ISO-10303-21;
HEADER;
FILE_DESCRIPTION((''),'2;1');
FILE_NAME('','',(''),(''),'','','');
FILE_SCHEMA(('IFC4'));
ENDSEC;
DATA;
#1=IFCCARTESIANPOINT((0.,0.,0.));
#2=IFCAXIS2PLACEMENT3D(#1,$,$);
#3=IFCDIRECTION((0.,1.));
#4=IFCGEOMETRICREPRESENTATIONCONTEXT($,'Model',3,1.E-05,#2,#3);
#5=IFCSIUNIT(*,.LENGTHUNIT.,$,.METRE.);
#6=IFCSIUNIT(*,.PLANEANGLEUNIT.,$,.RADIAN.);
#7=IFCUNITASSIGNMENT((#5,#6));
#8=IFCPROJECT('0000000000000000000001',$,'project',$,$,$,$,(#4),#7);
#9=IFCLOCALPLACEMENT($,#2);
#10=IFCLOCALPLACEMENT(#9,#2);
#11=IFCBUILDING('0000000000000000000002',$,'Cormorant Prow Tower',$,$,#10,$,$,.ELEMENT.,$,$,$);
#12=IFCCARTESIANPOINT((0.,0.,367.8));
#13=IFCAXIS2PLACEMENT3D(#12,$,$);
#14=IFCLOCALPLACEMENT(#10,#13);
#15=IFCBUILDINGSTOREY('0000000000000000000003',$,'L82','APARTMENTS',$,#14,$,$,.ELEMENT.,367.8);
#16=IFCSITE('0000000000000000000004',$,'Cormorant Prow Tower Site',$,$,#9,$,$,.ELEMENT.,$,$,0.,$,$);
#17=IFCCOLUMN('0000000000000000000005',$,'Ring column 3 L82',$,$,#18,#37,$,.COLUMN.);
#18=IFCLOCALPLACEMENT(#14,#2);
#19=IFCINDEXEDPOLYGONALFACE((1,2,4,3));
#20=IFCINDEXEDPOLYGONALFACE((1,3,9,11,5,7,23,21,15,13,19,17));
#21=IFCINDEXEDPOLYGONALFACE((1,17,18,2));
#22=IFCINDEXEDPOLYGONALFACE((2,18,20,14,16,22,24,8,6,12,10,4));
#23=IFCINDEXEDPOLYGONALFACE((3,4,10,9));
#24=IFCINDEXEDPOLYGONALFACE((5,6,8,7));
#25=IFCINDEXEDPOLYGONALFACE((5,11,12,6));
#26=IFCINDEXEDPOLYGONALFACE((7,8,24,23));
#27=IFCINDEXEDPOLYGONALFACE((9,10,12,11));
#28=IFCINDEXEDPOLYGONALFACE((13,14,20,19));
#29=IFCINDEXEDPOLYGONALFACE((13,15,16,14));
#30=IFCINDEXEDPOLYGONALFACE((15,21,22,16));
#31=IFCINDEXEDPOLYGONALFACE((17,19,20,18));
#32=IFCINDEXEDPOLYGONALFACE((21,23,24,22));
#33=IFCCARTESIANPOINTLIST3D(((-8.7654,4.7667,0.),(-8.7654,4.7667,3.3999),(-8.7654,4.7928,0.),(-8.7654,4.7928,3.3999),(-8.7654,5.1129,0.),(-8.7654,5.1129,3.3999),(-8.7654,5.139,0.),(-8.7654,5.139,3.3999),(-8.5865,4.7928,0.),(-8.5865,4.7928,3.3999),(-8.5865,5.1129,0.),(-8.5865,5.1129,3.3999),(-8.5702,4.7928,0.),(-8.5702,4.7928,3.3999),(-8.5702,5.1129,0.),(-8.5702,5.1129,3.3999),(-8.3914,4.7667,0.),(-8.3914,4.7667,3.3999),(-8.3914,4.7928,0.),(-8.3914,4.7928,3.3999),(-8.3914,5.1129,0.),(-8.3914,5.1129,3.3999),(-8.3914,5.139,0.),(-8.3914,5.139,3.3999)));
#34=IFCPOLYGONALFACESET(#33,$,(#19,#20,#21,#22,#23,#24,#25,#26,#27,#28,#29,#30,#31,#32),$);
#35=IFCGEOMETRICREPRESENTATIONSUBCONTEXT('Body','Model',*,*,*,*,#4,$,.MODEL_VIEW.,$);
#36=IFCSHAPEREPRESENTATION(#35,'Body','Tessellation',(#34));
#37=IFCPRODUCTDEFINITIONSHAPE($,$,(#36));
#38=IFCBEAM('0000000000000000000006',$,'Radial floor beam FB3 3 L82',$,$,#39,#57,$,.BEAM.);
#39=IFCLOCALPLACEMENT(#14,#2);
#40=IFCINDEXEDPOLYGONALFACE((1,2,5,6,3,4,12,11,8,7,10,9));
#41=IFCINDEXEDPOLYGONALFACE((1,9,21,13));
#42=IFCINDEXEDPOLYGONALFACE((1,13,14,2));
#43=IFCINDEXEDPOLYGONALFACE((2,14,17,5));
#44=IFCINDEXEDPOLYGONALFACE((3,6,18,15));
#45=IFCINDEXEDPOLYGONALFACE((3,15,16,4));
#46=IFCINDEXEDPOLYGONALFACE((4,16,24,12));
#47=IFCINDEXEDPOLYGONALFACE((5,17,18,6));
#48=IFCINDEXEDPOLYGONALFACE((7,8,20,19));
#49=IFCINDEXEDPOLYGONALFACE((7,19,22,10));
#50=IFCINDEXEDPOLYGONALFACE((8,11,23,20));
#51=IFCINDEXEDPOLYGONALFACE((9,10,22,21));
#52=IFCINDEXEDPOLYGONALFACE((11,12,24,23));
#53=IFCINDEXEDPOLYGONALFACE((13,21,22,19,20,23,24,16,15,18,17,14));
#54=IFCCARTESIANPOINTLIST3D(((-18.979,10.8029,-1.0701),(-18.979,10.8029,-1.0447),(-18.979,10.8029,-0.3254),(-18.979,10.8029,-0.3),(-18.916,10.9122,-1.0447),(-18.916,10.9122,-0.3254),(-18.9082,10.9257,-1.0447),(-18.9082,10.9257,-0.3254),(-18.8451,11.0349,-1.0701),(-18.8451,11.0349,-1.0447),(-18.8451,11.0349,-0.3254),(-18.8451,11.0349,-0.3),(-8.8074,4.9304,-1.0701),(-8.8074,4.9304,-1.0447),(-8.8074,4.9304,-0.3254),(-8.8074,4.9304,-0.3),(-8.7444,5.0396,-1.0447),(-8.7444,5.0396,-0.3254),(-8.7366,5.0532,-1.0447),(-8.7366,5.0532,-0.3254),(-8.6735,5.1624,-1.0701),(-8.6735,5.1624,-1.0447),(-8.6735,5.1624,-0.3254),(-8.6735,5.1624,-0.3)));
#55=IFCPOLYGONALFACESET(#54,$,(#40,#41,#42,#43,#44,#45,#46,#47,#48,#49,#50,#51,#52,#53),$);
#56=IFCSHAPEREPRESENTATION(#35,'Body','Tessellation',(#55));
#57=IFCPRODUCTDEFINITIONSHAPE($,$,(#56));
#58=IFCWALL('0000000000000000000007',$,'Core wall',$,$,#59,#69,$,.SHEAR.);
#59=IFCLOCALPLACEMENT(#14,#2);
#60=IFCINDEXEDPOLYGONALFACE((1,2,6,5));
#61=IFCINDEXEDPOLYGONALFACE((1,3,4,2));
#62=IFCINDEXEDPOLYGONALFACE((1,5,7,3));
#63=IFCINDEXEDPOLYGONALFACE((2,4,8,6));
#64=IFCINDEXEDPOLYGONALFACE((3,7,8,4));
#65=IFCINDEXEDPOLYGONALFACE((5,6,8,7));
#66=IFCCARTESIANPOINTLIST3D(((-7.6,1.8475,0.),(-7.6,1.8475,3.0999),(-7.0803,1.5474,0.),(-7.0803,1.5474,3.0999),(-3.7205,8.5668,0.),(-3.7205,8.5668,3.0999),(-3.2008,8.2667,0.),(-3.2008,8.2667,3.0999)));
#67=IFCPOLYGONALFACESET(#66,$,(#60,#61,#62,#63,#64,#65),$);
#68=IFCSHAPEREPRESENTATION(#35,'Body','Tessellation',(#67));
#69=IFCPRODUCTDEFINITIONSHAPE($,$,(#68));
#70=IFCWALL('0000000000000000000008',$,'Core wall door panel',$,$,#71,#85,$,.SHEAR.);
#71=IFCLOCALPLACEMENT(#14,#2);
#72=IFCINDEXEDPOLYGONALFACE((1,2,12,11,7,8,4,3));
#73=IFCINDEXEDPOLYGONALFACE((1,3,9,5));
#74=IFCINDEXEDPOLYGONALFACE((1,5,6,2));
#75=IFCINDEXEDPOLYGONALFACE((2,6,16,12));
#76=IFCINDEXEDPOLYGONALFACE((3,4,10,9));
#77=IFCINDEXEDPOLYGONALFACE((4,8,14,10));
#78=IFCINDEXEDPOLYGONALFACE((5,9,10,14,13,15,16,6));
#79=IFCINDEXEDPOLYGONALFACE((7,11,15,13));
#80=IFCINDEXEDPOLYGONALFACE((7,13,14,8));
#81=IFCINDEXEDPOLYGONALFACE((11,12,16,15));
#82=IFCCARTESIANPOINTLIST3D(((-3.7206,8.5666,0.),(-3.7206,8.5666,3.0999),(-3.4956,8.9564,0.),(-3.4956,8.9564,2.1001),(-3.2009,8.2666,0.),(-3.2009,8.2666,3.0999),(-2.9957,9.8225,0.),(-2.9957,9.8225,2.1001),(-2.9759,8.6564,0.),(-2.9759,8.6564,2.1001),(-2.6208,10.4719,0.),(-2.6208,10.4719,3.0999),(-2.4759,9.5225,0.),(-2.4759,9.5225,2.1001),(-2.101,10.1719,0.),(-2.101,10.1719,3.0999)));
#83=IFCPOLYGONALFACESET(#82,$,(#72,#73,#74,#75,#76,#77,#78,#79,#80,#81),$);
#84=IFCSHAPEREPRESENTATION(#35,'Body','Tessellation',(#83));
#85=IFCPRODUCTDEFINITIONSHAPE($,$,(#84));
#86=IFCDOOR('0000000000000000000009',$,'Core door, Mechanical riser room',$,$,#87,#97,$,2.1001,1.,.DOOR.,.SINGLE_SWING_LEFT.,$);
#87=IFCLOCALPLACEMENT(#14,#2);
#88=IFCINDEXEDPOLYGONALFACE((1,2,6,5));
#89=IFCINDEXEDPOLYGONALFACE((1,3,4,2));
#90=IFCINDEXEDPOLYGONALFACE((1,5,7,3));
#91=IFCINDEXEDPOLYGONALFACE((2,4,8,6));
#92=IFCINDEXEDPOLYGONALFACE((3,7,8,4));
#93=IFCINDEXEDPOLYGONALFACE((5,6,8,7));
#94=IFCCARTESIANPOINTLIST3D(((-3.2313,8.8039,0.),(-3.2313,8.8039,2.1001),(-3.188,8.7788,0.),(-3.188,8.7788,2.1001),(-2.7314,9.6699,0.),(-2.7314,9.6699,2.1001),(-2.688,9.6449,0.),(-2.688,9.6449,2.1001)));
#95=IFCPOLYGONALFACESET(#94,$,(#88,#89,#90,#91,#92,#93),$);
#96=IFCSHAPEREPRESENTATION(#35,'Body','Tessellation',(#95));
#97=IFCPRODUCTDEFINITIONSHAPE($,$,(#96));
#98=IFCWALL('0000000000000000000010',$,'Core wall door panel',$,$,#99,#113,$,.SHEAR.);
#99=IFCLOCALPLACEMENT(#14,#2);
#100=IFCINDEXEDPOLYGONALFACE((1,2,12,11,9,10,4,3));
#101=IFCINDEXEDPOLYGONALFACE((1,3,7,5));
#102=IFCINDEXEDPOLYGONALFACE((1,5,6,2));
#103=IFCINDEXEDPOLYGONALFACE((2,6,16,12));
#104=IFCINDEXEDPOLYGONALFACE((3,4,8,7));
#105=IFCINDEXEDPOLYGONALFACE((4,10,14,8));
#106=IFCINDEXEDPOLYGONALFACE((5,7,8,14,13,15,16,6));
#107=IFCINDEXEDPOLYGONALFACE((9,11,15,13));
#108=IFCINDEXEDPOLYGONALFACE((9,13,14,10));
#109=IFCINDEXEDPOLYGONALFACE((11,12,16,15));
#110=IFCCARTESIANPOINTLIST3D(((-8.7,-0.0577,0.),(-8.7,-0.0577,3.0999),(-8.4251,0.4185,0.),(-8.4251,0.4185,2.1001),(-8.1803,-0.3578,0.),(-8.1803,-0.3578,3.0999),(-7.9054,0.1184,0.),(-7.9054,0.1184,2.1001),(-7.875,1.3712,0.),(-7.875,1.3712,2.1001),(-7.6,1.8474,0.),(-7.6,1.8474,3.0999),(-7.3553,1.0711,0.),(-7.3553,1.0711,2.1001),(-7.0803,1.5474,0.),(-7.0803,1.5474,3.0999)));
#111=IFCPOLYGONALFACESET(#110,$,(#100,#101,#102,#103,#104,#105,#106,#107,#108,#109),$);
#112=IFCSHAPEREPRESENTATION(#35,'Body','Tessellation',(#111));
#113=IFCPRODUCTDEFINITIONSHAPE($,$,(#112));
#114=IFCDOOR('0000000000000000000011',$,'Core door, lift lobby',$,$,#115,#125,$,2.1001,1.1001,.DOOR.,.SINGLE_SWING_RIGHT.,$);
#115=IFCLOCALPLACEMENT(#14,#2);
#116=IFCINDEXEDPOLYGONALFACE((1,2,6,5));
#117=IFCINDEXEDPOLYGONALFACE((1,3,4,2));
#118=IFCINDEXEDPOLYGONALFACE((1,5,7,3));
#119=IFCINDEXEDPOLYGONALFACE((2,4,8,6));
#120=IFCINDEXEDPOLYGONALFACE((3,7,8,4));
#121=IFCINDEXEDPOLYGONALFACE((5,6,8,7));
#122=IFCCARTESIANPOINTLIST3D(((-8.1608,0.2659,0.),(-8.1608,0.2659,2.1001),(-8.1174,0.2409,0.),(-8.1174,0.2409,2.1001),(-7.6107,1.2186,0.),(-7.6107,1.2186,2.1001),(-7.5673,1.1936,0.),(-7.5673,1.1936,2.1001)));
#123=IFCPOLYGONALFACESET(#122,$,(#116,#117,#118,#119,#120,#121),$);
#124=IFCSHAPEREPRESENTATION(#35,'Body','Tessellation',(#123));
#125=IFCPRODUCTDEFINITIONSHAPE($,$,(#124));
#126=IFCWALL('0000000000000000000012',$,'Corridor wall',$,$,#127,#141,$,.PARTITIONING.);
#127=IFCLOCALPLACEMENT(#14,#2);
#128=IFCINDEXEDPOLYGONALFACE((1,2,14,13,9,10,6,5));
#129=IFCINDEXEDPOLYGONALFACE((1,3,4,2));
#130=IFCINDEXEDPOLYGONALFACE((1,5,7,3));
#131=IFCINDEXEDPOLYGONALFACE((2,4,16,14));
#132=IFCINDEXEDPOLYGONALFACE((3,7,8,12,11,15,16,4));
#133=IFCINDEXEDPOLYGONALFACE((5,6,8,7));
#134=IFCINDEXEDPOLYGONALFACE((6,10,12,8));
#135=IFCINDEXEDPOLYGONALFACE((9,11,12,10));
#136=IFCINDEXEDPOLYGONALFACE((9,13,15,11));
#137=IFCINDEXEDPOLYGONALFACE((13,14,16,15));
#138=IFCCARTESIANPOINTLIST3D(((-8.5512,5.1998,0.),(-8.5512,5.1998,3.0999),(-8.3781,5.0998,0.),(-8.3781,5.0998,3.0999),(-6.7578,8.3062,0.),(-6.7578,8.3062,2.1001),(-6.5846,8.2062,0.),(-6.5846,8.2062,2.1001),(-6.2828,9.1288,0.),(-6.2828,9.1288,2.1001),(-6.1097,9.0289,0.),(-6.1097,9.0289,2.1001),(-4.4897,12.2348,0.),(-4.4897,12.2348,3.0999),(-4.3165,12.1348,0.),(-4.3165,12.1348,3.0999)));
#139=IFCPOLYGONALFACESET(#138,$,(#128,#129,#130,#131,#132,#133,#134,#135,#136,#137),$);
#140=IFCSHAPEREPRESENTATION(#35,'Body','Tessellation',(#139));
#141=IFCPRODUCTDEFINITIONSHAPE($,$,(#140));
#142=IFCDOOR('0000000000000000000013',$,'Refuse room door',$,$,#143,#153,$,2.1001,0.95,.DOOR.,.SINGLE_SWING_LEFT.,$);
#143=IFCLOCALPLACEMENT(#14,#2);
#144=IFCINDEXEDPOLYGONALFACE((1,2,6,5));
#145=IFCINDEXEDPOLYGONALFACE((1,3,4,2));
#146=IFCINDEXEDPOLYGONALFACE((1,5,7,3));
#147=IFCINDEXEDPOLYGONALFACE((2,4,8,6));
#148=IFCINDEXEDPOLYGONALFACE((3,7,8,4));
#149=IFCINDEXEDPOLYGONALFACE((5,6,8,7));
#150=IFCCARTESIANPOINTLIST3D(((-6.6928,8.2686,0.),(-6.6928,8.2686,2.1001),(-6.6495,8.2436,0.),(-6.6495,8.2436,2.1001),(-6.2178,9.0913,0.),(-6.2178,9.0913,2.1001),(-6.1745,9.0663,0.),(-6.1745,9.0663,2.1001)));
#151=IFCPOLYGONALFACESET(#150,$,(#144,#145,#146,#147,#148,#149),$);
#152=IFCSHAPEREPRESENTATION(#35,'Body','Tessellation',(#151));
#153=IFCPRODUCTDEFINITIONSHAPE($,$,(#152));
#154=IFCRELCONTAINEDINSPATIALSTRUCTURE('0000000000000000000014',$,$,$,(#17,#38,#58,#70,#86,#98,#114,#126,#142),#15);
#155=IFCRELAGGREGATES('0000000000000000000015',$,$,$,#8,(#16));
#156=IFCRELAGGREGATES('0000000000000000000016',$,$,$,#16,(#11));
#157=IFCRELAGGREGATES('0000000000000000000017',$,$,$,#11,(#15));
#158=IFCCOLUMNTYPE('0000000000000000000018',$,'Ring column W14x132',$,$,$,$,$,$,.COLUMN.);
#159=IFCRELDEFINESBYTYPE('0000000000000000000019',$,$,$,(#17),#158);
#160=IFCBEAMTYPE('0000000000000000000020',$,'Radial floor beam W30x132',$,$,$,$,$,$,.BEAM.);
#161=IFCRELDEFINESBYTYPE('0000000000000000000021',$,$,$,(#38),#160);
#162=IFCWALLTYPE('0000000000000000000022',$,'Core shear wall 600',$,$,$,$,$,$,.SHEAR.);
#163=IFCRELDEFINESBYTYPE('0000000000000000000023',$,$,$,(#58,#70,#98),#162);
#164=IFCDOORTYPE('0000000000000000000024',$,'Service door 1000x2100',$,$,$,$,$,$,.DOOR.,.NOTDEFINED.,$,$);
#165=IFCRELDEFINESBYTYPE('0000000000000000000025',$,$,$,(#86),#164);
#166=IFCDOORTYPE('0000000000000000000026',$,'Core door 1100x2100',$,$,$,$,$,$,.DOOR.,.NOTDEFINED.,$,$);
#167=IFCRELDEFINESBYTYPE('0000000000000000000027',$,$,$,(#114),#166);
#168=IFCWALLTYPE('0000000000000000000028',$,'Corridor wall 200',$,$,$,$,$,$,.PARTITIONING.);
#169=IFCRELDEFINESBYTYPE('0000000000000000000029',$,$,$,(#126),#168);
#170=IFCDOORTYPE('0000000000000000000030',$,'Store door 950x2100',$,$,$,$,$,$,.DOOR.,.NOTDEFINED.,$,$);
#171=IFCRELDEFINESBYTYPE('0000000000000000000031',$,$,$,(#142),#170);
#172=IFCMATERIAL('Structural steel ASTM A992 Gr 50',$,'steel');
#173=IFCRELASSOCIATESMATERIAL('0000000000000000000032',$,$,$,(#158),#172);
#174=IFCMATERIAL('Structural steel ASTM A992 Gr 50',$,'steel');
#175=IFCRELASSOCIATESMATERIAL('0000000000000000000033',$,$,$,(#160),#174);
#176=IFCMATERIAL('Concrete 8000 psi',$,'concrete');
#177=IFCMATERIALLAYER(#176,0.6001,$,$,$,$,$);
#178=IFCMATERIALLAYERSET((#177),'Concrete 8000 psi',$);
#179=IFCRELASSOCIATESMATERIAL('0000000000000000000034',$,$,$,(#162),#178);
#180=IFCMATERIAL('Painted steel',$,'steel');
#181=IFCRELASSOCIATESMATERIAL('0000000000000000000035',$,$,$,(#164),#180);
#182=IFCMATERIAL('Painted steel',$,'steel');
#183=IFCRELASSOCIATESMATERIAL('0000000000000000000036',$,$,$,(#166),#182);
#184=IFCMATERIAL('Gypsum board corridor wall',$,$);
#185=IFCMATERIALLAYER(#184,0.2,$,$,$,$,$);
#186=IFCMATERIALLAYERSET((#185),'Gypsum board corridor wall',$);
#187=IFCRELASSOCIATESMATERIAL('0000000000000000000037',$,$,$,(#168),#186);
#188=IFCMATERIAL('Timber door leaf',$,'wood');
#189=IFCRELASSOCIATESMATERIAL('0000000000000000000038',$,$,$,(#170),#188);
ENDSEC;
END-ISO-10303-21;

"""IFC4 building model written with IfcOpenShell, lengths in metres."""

from ifc_helpers import new_model, si_unit, direction, frame, frame_2d, origin, origin_2d, place, context, subcontext, project, spatial, rectangle, i_section, extrude, material, layer, layer_set, material_profile, profile_set, type_object, element, fill, save


model = new_model("IFC4")

# Units and contexts
model_context = context("Model", 3, precision=1e-05, world=origin(), true_north=direction((0.0, 1.0)))
body_context = subcontext(model_context, "Body", "Model", "MODEL_VIEW")
ifc_project = project(units=[si_unit("LENGTHUNIT", "METRE"), si_unit("PLANEANGLEUNIT", "RADIAN")], contexts=[model_context])

# Site, building, storey
site_placement = place(None, origin())
site = spatial("IfcSite", under=ifc_project, at=site_placement, Name="Cormorant Prow Tower Site", CompositionType="ELEMENT", RefElevation=0.0)
building_placement = place(site_placement, origin())
building = spatial("IfcBuilding", under=site, at=building_placement, Name="Cormorant Prow Tower", CompositionType="ELEMENT")
storey_placement = place(building_placement, frame((0.0, 0.0, 367.8)))
storey = spatial("IfcBuildingStorey", under=building, at=storey_placement, Name="L82", Description="APARTMENTS", CompositionType="ELEMENT", Elevation=367.8)

# Column
ifc_material_1 = material(Name="Structural steel ASTM A992 Gr 50", Category="steel")
ifc_material_profile_1 = material_profile(ifc_material_1, i_section(OverallWidth=0.374, OverallDepth=0.3723, WebThickness=0.0164, FlangeThickness=0.0261, at=origin_2d()), Name="W14x132")
ifc_profile_set_1 = profile_set([ifc_material_profile_1], Name="Structural steel ASTM A992 Gr 50")
column_type = type_object("IfcColumnType", Name="Ring column W14x132", PredefinedType="COLUMN", material=ifc_profile_set_1)
column_placement = place(storey_placement, frame((-8.5784, 4.9529, 0.0), z_axis=(0.0, 0.0, 1.0), x_axis=(1.0, 0.0, 0.0)))
element("IfcColumn", 1, at=column_placement, inside=storey, type_object=column_type, Name="Ring column 3 L82", PredefinedType="COLUMN", context=body_context, shape_type="SweptSolid", body=[
    extrude(i_section(OverallWidth=0.374, OverallDepth=0.3723, WebThickness=0.0164, FlangeThickness=0.0261, at=origin_2d()), origin(), (0.0, 0.0, 1.0), 3.3999),
])

# Beam
ifc_material_2 = material(Name="Structural steel ASTM A992 Gr 50", Category="steel")
ifc_material_profile_2 = material_profile(ifc_material_2, i_section(OverallWidth=0.2678, OverallDepth=0.77, WebThickness=0.0156, FlangeThickness=0.0254, at=origin_2d()), Name="W30x132")
ifc_profile_set_2 = profile_set([ifc_material_profile_2], Name="Structural steel ASTM A992 Gr 50")
beam_type = type_object("IfcBeamType", Name="Radial floor beam W30x132", PredefinedType="BEAM", material=ifc_profile_set_2)
beam_placement = place(storey_placement, frame((-8.7405, 5.0464, -0.6851), z_axis=(-0.866027, 0.499998, 0.0), x_axis=(-0.499998, -0.866027, 0.0)))
element("IfcBeam", 2, at=beam_placement, inside=storey, type_object=beam_type, Name="Radial floor beam FB3 3 L82", PredefinedType="BEAM", context=body_context, shape_type="SweptSolid", body=[
    extrude(i_section(OverallWidth=0.2678, OverallDepth=0.77, WebThickness=0.0156, FlangeThickness=0.0254, at=origin_2d()), origin(), (0.0, 0.0, 1.0), 11.7451),
])

# Wall
ifc_material_3 = material(Name="Concrete 8000 psi", Category="concrete")
ifc_layer_1 = layer(ifc_material_3, 0.6001)
ifc_layer_set_1 = layer_set([ifc_layer_1], Name="Concrete 8000 psi")
wall_type_1 = type_object("IfcWallType", Name="Core shear wall 600", PredefinedType="SHEAR", material=ifc_layer_set_1)
wall_1_placement = place(storey_placement, frame((-3.4607, 8.4167, 0.0), z_axis=(0.0, 0.0, 1.0), x_axis=(-0.500004, -0.866023, 0.0)))
element("IfcWall", 3, at=wall_1_placement, inside=storey, type_object=wall_type_1, Name="Core wall", PredefinedType="SHEAR", context=body_context, shape_type="SweptSolid", body=[
    extrude(rectangle(XDim=7.7588, YDim=0.6001, at=frame_2d((3.8794, 0.0))), origin(), (0.0, 0.0, 1.0), 3.0999),
])

# Walls, openings, doors
wall_2_placement = place(storey_placement, frame((-2.3608, 10.322, 0.0), z_axis=(0.0, 0.0, 1.0), x_axis=(-0.499947, -0.866056, 0.0)))
wall_2 = element("IfcWall", 4, at=wall_2_placement, inside=storey, type_object=wall_type_1, Name="Core wall door panel", PredefinedType="SHEAR", context=body_context, shape_type="SweptSolid", body=[
    extrude(rectangle(XDim=2.2, YDim=0.6001, at=frame_2d((1.1001, 0.0))), origin(), (0.0, 0.0, 1.0), 3.0999),
])
opening_1_placement = place(wall_2_placement, frame((0.75, 0.0, 0.0)))
opening_1 = element("IfcOpeningElement", 5, at=opening_1_placement, cuts=wall_2, PredefinedType="OPENING", context=body_context, shape_type="SweptSolid", body=[
    extrude(rectangle(XDim=1.0, YDim=2.1001, at=frame_2d((0.5, 1.05))), frame((0.0, 0.3101, 0.0), z_axis=(0.0, -1.0, 0.0), x_axis=(1.0, 0.0, 0.0)), (0.0, 0.0, 1.0), 0.6201),
])
ifc_material_4 = material(Name="Painted steel", Category="steel")
door_type_1 = type_object("IfcDoorType", Name="Service door 1000x2100", OperationType="NOTDEFINED", PredefinedType="DOOR", material=ifc_material_4)
door_1_placement = place(opening_1_placement, origin())
door_1 = element("IfcDoor", 6, at=door_1_placement, inside=storey, type_object=door_type_1, Name="Core door, Mechanical riser room", OperationType="SINGLE_SWING_LEFT", OverallHeight=2.1001, OverallWidth=1.0, PredefinedType="DOOR", context=body_context, shape_type="SweptSolid", body=[
    extrude(rectangle(XDim=1.0, YDim=2.1001, at=frame_2d((0.5, 1.05))), frame((0.0, 0.0552, 0.0), z_axis=(0.0, -1.0, 0.0), x_axis=(1.0, 0.0, 0.0)), (0.0, 0.0, 1.0), 0.05),
])
fill(opening_1, door_1)
wall_3_placement = place(storey_placement, frame((-7.3401, 1.6975, 0.0), z_axis=(0.0, 0.0, 1.0), x_axis=(-0.50003, -0.866008, 0.0)))
wall_3 = element("IfcWall", 7, at=wall_3_placement, inside=storey, type_object=wall_type_1, Name="Core wall door panel", PredefinedType="SHEAR", context=body_context, shape_type="SweptSolid", body=[
    extrude(rectangle(XDim=2.2, YDim=0.6001, at=frame_2d((1.1001, 0.0))), origin(), (0.0, 0.0, 1.0), 3.0999),
])
opening_2_placement = place(wall_3_placement, frame((0.55, 0.0, 0.0)))
opening_2 = element("IfcOpeningElement", 8, at=opening_2_placement, cuts=wall_3, PredefinedType="OPENING", context=body_context, shape_type="SweptSolid", body=[
    extrude(rectangle(XDim=1.1001, YDim=2.1001, at=frame_2d((0.55, 1.05))), frame((0.0, 0.3101, 0.0), z_axis=(0.0, -1.0, 0.0), x_axis=(1.0, 0.0, 0.0)), (0.0, 0.0, 1.0), 0.6201),
])
ifc_material_5 = material(Name="Painted steel", Category="steel")
door_type_2 = type_object("IfcDoorType", Name="Core door 1100x2100", OperationType="NOTDEFINED", PredefinedType="DOOR", material=ifc_material_5)
door_2_placement = place(opening_2_placement, origin())
door_2 = element("IfcDoor", 9, at=door_2_placement, inside=storey, type_object=door_type_2, Name="Core door, lift lobby", OperationType="SINGLE_SWING_RIGHT", OverallHeight=2.1001, OverallWidth=1.1001, PredefinedType="DOOR", context=body_context, shape_type="SweptSolid", body=[
    extrude(rectangle(XDim=1.1001, YDim=2.1001, at=frame_2d((0.55, 1.05))), frame((0.0, 0.0552, 0.0), z_axis=(0.0, -1.0, 0.0), x_axis=(1.0, 0.0, 0.0)), (0.0, 0.0, 1.0), 0.05),
])
fill(opening_2, door_2)
ifc_material_6 = material(Name="Gypsum board corridor wall")
ifc_layer_2 = layer(ifc_material_6, 0.2)
ifc_layer_set_2 = layer_set([ifc_layer_2], Name="Gypsum board corridor wall")
wall_type_2 = type_object("IfcWallType", Name="Corridor wall 200", PredefinedType="PARTITIONING", material=ifc_layer_set_2)
wall_4_placement = place(storey_placement, frame((-8.4646, 5.1499, 0.0), z_axis=(0.0, 0.0, 1.0), x_axis=(0.499992, 0.86603, 0.0)))
wall_4 = element("IfcWall", 10, at=wall_4_placement, inside=storey, type_object=wall_type_2, Name="Corridor wall", PredefinedType="PARTITIONING", context=body_context, shape_type="SweptSolid", body=[
    extrude(rectangle(XDim=8.1233, YDim=0.2, at=frame_2d((4.0615, 0.0))), origin(), (0.0, 0.0, 1.0), 3.0999),
])
opening_3_placement = place(wall_4_placement, frame((3.5867, 0.0, 0.0)))
opening_3 = element("IfcOpeningElement", 11, at=opening_3_placement, cuts=wall_4, PredefinedType="OPENING", context=body_context, shape_type="SweptSolid", body=[
    extrude(rectangle(XDim=0.95, YDim=2.1001, at=frame_2d((0.4751, 1.05))), frame((0.0, 0.1099, 0.0), z_axis=(0.0, -1.0, 0.0), x_axis=(1.0, 0.0, 0.0)), (0.0, 0.0, 1.0), 0.22),
])
ifc_material_7 = material(Name="Timber door leaf", Category="wood")
door_type_3 = type_object("IfcDoorType", Name="Store door 950x2100", OperationType="NOTDEFINED", PredefinedType="DOOR", material=ifc_material_7)
door_3_placement = place(opening_3_placement, origin())
door_3 = element("IfcDoor", 12, at=door_3_placement, inside=storey, type_object=door_type_3, Name="Refuse room door", OperationType="SINGLE_SWING_LEFT", OverallHeight=2.1001, OverallWidth=0.95, PredefinedType="DOOR", context=body_context, shape_type="SweptSolid", body=[
    extrude(rectangle(XDim=0.95, YDim=2.1001, at=frame_2d((0.4751, 1.05))), frame((0.0, 0.0249, 0.0), z_axis=(0.0, -1.0, 0.0), x_axis=(1.0, 0.0, 0.0)), (0.0, 0.0, 1.0), 0.05),
])
fill(opening_3, door_3)

save(model, "model.ifc")
